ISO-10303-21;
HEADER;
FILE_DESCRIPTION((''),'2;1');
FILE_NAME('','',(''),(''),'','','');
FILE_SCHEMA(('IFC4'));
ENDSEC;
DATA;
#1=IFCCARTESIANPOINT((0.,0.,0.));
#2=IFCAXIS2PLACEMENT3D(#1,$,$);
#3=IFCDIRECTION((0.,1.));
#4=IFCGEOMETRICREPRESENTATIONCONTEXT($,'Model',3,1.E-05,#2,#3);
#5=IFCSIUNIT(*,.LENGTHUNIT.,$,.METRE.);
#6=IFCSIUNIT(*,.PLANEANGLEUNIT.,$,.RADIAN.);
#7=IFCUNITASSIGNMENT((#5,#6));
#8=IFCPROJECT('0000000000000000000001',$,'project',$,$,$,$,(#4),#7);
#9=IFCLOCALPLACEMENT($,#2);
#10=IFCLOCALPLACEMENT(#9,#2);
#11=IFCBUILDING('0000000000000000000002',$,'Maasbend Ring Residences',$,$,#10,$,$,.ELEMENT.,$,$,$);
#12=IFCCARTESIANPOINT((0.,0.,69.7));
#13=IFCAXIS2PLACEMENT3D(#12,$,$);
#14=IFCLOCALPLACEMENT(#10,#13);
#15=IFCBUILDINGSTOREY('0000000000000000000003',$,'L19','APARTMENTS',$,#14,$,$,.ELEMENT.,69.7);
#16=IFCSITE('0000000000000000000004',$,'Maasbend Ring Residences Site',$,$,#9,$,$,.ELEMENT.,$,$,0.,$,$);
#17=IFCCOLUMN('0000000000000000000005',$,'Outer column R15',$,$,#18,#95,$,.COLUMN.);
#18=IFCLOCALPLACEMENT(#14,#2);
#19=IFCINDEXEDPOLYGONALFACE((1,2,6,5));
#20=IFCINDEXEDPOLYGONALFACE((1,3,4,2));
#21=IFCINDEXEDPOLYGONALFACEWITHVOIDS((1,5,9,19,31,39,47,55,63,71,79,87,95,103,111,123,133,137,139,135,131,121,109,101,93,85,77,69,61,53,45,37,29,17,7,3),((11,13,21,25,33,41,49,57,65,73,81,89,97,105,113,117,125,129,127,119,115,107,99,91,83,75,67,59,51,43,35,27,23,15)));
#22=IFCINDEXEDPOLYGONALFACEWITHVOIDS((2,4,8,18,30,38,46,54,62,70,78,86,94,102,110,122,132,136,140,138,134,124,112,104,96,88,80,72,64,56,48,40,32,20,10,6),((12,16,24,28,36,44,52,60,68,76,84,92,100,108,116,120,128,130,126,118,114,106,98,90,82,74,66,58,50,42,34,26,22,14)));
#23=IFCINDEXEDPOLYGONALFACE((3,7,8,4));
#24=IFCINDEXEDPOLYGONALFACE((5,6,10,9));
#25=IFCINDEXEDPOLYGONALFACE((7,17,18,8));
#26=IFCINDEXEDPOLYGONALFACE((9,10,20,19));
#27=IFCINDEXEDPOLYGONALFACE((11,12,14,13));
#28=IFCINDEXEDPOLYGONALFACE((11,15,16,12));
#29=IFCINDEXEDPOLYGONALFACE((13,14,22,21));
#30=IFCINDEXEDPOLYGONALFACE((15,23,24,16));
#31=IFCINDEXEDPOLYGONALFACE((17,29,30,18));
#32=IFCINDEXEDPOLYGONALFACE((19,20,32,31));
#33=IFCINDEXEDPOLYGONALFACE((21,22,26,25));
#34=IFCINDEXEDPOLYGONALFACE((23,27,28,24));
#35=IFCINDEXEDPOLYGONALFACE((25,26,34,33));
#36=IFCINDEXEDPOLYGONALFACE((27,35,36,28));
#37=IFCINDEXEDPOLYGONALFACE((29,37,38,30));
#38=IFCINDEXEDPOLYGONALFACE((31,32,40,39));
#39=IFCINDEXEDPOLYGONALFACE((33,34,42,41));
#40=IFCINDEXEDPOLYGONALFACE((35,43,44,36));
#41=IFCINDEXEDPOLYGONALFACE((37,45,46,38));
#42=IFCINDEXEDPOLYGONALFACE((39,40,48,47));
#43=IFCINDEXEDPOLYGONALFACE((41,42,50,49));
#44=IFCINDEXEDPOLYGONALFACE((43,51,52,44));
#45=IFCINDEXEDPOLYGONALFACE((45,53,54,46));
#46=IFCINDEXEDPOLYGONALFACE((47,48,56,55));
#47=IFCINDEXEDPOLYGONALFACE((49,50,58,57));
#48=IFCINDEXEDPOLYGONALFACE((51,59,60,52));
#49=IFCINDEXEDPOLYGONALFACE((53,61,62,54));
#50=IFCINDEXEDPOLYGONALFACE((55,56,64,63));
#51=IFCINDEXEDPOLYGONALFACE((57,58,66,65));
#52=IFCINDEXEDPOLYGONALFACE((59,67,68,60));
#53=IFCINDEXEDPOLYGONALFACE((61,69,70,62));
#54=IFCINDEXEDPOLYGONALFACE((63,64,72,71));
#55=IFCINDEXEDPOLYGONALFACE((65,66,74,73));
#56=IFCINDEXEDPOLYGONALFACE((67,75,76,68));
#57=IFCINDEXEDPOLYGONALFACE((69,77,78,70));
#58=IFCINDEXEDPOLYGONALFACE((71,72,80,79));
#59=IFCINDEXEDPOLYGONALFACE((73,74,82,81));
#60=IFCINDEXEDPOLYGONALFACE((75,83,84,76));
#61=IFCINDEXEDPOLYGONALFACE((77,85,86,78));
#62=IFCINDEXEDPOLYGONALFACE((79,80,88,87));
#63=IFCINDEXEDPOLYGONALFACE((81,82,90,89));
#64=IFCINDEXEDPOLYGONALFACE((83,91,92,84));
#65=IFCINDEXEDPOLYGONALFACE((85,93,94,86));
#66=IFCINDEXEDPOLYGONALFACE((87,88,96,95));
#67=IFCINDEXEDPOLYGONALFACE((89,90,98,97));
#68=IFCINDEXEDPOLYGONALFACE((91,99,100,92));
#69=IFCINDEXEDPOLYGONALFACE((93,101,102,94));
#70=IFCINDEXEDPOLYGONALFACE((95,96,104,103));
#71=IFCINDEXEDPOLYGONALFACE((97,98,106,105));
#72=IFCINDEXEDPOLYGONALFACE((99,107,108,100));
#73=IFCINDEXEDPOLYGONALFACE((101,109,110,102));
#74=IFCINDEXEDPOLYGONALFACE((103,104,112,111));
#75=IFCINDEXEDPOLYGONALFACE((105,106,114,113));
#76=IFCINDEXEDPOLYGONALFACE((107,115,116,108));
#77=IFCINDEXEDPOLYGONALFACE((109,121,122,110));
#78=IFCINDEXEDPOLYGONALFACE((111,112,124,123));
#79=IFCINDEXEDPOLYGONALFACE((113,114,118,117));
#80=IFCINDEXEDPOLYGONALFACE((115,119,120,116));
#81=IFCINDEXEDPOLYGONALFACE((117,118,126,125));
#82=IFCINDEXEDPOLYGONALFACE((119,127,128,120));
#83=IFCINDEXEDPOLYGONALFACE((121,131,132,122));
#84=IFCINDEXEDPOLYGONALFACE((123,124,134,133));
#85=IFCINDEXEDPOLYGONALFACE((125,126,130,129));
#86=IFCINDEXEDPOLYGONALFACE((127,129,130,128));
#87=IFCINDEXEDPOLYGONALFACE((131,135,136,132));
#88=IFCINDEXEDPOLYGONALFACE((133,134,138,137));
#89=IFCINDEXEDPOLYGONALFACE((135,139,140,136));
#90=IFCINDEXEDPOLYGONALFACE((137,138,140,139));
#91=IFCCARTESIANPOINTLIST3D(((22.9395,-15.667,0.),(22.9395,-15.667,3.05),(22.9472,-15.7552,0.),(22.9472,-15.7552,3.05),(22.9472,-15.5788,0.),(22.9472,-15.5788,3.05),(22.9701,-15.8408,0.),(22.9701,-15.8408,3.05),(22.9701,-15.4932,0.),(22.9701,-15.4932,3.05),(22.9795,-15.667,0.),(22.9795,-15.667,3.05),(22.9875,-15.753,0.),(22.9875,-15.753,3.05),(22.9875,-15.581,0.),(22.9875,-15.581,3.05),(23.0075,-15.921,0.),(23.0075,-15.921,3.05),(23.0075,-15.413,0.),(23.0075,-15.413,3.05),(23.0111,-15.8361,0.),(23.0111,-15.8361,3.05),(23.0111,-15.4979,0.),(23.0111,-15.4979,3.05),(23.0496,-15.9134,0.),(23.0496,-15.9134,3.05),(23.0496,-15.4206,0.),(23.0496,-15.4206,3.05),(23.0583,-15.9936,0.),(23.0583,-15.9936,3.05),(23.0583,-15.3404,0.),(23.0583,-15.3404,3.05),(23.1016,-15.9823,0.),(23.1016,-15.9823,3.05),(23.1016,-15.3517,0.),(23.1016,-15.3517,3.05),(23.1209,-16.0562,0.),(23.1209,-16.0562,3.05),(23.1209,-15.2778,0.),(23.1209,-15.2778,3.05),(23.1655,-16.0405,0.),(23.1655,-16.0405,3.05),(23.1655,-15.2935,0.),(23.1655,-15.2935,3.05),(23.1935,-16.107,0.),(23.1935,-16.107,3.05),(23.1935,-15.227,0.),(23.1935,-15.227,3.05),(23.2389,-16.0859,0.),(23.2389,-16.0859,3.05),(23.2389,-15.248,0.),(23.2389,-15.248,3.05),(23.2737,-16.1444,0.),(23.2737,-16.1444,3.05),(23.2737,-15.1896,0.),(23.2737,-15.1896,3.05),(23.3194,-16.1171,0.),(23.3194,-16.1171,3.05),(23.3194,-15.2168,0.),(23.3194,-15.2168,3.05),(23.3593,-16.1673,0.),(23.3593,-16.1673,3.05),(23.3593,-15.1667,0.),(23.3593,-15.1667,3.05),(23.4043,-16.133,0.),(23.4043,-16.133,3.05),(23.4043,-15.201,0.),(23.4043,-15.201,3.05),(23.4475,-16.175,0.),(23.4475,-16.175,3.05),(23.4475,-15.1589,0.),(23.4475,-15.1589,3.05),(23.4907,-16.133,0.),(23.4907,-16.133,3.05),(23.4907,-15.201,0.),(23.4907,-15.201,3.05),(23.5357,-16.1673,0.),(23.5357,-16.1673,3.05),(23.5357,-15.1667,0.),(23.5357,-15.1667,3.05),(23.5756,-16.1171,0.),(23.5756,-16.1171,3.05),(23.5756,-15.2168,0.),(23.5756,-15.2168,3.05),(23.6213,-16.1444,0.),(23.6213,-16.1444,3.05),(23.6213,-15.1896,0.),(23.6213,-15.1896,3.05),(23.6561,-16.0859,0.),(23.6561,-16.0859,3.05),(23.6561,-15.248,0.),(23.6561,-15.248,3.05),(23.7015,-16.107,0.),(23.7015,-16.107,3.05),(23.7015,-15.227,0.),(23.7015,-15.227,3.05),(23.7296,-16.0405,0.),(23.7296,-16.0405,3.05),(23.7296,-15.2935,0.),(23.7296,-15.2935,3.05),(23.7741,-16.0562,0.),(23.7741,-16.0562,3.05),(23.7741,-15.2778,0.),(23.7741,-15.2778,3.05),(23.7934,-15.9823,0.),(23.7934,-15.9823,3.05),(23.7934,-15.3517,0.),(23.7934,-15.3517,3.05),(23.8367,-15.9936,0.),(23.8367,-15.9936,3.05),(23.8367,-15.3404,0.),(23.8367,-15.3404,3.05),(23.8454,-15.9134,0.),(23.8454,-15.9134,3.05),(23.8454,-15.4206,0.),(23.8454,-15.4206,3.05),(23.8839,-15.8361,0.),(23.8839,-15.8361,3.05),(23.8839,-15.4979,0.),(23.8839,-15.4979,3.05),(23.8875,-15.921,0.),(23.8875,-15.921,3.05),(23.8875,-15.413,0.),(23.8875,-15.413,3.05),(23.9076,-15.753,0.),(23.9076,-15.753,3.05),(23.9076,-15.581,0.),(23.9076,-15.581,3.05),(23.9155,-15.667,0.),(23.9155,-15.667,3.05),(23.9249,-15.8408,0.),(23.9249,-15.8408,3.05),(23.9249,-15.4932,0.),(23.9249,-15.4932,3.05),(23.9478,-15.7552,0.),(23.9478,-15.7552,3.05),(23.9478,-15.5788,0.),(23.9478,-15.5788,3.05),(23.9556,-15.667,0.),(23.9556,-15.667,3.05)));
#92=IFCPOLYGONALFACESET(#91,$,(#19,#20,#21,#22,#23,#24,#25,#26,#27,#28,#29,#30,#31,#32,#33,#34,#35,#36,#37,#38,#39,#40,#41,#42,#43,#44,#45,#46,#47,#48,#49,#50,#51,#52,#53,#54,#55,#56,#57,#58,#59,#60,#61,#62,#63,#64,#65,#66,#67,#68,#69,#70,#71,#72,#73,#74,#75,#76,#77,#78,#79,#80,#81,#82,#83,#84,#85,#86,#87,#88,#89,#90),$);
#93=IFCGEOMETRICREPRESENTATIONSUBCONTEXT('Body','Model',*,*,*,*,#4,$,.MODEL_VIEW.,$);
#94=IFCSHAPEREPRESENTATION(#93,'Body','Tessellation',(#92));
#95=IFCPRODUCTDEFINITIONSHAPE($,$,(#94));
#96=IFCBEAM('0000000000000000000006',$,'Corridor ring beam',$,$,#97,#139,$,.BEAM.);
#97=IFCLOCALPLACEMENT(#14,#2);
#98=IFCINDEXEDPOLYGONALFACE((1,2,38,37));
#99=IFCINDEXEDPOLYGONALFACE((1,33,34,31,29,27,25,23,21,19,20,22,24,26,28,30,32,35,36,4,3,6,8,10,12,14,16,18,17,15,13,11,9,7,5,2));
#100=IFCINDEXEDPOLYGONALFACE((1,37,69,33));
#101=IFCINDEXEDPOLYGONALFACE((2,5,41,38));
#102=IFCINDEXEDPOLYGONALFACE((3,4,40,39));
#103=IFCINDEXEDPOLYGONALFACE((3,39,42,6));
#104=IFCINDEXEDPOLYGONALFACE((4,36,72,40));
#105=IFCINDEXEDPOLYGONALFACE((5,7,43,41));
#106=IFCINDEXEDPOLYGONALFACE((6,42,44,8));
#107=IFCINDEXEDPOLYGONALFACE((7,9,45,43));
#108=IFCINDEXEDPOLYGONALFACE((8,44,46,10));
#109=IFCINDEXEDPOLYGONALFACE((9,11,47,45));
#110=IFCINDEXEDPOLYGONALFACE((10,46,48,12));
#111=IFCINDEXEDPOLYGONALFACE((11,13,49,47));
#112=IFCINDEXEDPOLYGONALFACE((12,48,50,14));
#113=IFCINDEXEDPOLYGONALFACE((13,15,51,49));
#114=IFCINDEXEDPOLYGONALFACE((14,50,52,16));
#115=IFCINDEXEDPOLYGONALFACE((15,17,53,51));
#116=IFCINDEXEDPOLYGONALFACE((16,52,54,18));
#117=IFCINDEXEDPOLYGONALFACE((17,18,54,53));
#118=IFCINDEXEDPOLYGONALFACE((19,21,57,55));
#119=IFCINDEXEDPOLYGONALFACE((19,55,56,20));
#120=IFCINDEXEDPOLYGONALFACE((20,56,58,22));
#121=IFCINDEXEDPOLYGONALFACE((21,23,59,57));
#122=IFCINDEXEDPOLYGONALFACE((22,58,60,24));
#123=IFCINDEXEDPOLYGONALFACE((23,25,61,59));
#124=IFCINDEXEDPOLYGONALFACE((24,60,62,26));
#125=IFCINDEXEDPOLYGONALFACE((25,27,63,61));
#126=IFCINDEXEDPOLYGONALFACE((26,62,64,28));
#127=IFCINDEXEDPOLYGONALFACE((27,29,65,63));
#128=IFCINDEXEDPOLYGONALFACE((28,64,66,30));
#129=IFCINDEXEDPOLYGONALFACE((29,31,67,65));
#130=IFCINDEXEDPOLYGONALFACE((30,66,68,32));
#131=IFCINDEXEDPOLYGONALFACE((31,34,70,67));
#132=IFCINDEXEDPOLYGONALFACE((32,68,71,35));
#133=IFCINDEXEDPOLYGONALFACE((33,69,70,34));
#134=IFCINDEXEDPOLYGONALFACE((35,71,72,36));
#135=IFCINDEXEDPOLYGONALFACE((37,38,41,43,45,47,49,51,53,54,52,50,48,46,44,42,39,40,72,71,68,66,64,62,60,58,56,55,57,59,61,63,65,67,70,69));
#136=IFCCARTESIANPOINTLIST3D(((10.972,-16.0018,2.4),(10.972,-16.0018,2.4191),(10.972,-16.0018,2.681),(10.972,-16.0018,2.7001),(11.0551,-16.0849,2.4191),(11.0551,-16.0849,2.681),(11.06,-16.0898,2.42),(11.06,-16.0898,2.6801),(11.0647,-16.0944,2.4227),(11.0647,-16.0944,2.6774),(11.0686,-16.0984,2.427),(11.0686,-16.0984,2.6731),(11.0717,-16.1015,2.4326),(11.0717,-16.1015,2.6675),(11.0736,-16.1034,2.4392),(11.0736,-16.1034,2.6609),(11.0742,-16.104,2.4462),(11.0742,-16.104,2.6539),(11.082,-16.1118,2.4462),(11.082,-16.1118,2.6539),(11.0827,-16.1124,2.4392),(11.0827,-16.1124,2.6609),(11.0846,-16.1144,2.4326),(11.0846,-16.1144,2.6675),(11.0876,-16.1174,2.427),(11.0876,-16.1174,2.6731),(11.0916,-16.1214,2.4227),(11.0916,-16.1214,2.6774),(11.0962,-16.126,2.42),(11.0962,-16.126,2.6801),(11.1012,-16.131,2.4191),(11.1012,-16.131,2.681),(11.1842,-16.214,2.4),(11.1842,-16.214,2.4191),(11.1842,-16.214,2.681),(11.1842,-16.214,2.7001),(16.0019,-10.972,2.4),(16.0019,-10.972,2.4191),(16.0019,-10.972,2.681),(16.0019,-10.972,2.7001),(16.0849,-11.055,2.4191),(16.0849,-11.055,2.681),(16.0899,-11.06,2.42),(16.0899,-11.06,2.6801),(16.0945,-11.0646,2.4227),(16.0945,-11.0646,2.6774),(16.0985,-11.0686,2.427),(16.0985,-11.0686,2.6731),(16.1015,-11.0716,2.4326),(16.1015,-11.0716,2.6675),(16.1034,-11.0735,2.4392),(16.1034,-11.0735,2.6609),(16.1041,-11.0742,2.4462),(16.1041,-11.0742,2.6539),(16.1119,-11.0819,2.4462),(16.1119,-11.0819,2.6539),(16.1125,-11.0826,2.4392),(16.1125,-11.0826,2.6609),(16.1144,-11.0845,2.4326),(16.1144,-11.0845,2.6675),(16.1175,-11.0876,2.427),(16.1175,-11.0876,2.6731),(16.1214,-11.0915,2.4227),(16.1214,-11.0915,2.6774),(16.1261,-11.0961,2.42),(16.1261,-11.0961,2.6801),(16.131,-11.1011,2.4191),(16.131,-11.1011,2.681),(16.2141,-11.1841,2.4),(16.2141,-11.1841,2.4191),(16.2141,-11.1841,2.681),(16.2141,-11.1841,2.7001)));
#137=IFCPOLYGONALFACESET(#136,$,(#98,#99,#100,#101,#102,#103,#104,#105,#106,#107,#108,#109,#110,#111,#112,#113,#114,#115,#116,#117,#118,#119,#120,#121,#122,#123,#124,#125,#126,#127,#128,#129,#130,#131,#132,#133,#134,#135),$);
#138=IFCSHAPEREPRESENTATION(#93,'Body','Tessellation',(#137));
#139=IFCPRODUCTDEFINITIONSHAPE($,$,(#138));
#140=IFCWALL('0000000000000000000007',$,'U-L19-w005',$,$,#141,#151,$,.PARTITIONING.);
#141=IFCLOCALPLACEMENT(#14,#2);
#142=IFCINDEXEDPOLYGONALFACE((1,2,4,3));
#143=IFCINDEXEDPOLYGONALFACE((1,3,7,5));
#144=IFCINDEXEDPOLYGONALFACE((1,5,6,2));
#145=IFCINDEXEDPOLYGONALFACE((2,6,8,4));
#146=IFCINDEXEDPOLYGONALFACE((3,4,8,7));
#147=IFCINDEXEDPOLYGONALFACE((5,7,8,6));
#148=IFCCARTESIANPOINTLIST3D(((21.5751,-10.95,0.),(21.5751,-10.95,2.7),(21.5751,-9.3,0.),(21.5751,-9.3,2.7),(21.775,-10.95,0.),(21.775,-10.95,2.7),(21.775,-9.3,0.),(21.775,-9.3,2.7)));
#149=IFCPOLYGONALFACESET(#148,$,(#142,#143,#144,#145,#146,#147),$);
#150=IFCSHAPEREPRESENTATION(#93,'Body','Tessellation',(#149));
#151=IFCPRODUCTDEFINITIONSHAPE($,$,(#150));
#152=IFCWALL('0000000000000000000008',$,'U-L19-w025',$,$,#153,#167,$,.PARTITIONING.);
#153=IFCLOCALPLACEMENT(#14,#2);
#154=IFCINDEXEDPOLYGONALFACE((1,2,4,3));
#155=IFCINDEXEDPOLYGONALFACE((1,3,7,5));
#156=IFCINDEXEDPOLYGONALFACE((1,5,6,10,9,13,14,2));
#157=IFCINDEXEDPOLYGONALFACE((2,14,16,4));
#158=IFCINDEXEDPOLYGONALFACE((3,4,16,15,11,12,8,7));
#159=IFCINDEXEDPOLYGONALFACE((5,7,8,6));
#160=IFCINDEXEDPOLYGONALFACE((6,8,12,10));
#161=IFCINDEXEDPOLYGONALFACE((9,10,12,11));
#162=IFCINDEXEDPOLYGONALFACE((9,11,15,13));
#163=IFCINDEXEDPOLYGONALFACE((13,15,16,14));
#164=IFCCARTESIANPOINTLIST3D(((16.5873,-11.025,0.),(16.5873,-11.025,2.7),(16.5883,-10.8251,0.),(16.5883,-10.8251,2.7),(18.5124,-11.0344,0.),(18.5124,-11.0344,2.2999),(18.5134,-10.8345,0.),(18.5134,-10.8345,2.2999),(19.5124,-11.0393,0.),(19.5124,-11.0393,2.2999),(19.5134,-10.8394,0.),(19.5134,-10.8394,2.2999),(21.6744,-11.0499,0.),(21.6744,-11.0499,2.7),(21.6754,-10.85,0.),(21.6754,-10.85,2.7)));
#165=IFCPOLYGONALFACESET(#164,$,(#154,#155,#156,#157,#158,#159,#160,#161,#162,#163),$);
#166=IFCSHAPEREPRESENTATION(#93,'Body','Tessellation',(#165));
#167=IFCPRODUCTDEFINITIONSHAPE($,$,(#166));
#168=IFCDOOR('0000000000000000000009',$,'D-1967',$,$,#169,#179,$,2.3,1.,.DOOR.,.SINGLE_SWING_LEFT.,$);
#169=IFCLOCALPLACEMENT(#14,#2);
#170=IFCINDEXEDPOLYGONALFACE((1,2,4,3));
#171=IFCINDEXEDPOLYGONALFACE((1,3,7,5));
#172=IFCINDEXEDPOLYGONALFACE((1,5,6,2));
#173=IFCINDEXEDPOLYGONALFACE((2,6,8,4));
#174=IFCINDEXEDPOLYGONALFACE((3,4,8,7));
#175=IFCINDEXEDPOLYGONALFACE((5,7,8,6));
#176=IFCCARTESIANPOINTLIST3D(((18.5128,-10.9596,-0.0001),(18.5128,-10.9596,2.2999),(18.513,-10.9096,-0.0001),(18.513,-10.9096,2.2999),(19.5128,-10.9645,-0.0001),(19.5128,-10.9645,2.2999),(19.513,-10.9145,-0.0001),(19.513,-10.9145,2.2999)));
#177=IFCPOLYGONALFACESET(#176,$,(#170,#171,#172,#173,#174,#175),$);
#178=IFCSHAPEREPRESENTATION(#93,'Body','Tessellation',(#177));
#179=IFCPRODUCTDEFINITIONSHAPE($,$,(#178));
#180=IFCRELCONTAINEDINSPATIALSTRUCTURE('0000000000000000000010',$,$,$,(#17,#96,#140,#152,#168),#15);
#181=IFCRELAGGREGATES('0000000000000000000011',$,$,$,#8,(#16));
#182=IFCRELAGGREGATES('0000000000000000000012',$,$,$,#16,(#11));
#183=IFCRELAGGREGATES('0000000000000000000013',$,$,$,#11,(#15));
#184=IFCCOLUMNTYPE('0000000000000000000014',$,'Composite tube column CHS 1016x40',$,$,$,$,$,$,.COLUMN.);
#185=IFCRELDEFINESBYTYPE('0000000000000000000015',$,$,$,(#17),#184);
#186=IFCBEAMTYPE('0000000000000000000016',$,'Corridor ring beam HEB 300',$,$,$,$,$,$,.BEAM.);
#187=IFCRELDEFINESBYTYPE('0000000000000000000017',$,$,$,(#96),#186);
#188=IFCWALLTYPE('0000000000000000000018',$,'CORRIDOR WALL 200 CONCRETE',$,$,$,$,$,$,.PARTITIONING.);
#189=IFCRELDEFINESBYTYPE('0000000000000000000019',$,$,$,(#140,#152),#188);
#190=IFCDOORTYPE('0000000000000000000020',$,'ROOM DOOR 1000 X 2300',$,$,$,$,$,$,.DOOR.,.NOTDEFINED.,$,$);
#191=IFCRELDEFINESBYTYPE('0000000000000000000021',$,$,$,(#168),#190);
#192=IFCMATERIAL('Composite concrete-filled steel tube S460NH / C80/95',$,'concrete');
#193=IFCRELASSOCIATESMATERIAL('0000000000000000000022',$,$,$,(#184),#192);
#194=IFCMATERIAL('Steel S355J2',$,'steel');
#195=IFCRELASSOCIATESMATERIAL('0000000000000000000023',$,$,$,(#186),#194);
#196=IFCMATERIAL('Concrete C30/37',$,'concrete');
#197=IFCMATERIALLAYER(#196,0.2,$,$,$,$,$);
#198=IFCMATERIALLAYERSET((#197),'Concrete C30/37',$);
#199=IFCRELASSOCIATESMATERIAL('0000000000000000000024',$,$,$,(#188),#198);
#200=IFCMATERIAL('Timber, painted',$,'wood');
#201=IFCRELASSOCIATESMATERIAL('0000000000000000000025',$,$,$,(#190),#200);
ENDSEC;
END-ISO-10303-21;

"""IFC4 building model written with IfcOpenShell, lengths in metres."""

from ifc_helpers import new_model, si_unit, direction, frame, frame_2d, origin, origin_2d, place, context, subcontext, project, spatial, rectangle, hollow_circle, i_section, extrude, material, layer, layer_set, material_profile, profile_set, type_object, element, fill, save


model = new_model("IFC4")

# Units and contexts
model_context = context("Model", 3, precision=1e-05, world=origin(), true_north=direction((0.0, 1.0)))
body_context = subcontext(model_context, "Body", "Model", "MODEL_VIEW")
ifc_project = project(units=[si_unit("LENGTHUNIT", "METRE"), si_unit("PLANEANGLEUNIT", "RADIAN")], contexts=[model_context])

# Site, building, storey
site_placement = place(None, origin())
site = spatial("IfcSite", under=ifc_project, at=site_placement, Name="Maasbend Ring Residences Site", CompositionType="ELEMENT", RefElevation=0.0)
building_placement = place(site_placement, origin())
building = spatial("IfcBuilding", under=site, at=building_placement, Name="Maasbend Ring Residences", CompositionType="ELEMENT")
storey_placement = place(building_placement, frame((0.0, 0.0, 69.7)))
storey = spatial("IfcBuildingStorey", under=building, at=storey_placement, Name="L19", Description="APARTMENTS", CompositionType="ELEMENT", Elevation=69.7)

# Column
ifc_material_1 = material(Name="Composite concrete-filled steel tube S460NH / C80/95", Category="concrete")
ifc_material_profile_1 = material_profile(ifc_material_1, hollow_circle(Radius=0.5081, WallThickness=0.04, at=origin_2d()), Name="Composite tube column CHS 1016x40")
ifc_profile_set_1 = profile_set([ifc_material_profile_1], Name="Composite concrete-filled steel tube S460NH / C80/95")
column_type = type_object("IfcColumnType", Name="Composite tube column CHS 1016x40", PredefinedType="COLUMN", material=ifc_profile_set_1)
column_placement = place(storey_placement, frame((23.4475, -15.667, 0.0), z_axis=(0.0, 0.0, 1.0), x_axis=(1.0, 0.0, 0.0)))
element("IfcColumn", 1, at=column_placement, inside=storey, type_object=column_type, Name="Outer column R15", PredefinedType="COLUMN", context=body_context, shape_type="SweptSolid", body=[
    extrude(hollow_circle(Radius=0.5081, WallThickness=0.04, at=origin_2d()), origin(), (0.0, 0.0, 1.0), 3.05),
])

# Beam
ifc_material_2 = material(Name="Steel S355J2", Category="steel")
ifc_material_profile_2 = material_profile(ifc_material_2, i_section(OverallWidth=0.3, OverallDepth=0.3, WebThickness=0.011, FlangeThickness=0.019, FilletRadius=0.0271, at=origin_2d()), Name="HEB 300")
ifc_profile_set_2 = profile_set([ifc_material_profile_2], Name="Steel S355J2")
beam_type = type_object("IfcBeamType", Name="Corridor ring beam HEB 300", PredefinedType="BEAM", material=ifc_profile_set_2)
beam_placement = place(storey_placement, frame((11.0781, -16.1079, 2.55), z_axis=(0.707107, 0.707107, 0.0), x_axis=(-0.707107, 0.707107, 0.0)))
element("IfcBeam", 2, at=beam_placement, inside=storey, type_object=beam_type, Name="Corridor ring beam", PredefinedType="BEAM", context=body_context, shape_type="SweptSolid", body=[
    extrude(i_section(OverallWidth=0.3, OverallDepth=0.3, WebThickness=0.011, FlangeThickness=0.019, FilletRadius=0.0271, at=origin_2d()), origin(), (0.0, 0.0, 1.0), 7.1133),
])

# Wall
ifc_material_3 = material(Name="Concrete C30/37", Category="concrete")
ifc_layer_1 = layer(ifc_material_3, 0.2)
ifc_layer_set_1 = layer_set([ifc_layer_1], Name="Concrete C30/37")
wall_type_1 = type_object("IfcWallType", Name="CORRIDOR WALL 200 CONCRETE", PredefinedType="PARTITIONING", material=ifc_layer_set_1)
wall_1_placement = place(storey_placement, frame((21.675, -10.95, 0.0), z_axis=(0.0, 0.0, 1.0), x_axis=(0.0, 1.0, 0.0)))
element("IfcWall", 3, at=wall_1_placement, inside=storey, type_object=wall_type_1, Name="U-L19-w005", PredefinedType="PARTITIONING", context=body_context, shape_type="SweptSolid", body=[
    extrude(rectangle(XDim=1.6499, YDim=0.2, at=frame_2d((0.825, 0.0))), origin(), (0.0, 0.0, 1.0), 2.7),
])

# Wall, opening, door
wall_2_placement = place(storey_placement, frame((16.5879, -10.925, 0.0), z_axis=(0.0, 0.0, 1.0), x_axis=(0.999988, -0.004895, 0.0)))
wall_2 = element("IfcWall", 4, at=wall_2_placement, inside=storey, type_object=wall_type_1, Name="U-L19-w025", PredefinedType="PARTITIONING", context=body_context, shape_type="SweptSolid", body=[
    extrude(rectangle(XDim=5.0872, YDim=0.2, at=frame_2d((2.5435, 0.0))), origin(), (0.0, 0.0, 1.0), 2.7),
])
opening_1_placement = place(wall_2_placement, frame((1.925, 0.0, 0.0)))
opening_1 = element("IfcOpeningElement", 5, at=opening_1_placement, cuts=wall_2, PredefinedType="OPENING", context=body_context, shape_type="SweptSolid", body=[
    extrude(rectangle(XDim=1.0, YDim=2.3, at=frame_2d((0.5, 1.1499))), frame((0.0, 0.1099, 0.0), z_axis=(0.0, -1.0, 0.0), x_axis=(1.0, 0.0, 0.0)), (0.0, 0.0, 1.0), 0.22),
])
ifc_material_4 = material(Name="Timber, painted", Category="wood")
door_type_1 = type_object("IfcDoorType", Name="ROOM DOOR 1000 X 2300", OperationType="NOTDEFINED", PredefinedType="DOOR", material=ifc_material_4)
door_1_placement = place(opening_1_placement, origin())
door_1 = element("IfcDoor", 6, at=door_1_placement, inside=storey, type_object=door_type_1, Name="D-1967", OperationType="SINGLE_SWING_LEFT", OverallHeight=2.3, OverallWidth=1.0, PredefinedType="DOOR", context=body_context, shape_type="SweptSolid", body=[
    extrude(rectangle(XDim=1.0, YDim=2.3, at=frame_2d((0.5, 1.1499))), frame((0.0, 0.0249, 0.0), z_axis=(0.0, -1.0, 0.0), x_axis=(1.0, 0.0, 0.0)), (0.0, 0.0, 1.0), 0.05),
])
fill(opening_1, door_1)

save(model, "model.ifc")
